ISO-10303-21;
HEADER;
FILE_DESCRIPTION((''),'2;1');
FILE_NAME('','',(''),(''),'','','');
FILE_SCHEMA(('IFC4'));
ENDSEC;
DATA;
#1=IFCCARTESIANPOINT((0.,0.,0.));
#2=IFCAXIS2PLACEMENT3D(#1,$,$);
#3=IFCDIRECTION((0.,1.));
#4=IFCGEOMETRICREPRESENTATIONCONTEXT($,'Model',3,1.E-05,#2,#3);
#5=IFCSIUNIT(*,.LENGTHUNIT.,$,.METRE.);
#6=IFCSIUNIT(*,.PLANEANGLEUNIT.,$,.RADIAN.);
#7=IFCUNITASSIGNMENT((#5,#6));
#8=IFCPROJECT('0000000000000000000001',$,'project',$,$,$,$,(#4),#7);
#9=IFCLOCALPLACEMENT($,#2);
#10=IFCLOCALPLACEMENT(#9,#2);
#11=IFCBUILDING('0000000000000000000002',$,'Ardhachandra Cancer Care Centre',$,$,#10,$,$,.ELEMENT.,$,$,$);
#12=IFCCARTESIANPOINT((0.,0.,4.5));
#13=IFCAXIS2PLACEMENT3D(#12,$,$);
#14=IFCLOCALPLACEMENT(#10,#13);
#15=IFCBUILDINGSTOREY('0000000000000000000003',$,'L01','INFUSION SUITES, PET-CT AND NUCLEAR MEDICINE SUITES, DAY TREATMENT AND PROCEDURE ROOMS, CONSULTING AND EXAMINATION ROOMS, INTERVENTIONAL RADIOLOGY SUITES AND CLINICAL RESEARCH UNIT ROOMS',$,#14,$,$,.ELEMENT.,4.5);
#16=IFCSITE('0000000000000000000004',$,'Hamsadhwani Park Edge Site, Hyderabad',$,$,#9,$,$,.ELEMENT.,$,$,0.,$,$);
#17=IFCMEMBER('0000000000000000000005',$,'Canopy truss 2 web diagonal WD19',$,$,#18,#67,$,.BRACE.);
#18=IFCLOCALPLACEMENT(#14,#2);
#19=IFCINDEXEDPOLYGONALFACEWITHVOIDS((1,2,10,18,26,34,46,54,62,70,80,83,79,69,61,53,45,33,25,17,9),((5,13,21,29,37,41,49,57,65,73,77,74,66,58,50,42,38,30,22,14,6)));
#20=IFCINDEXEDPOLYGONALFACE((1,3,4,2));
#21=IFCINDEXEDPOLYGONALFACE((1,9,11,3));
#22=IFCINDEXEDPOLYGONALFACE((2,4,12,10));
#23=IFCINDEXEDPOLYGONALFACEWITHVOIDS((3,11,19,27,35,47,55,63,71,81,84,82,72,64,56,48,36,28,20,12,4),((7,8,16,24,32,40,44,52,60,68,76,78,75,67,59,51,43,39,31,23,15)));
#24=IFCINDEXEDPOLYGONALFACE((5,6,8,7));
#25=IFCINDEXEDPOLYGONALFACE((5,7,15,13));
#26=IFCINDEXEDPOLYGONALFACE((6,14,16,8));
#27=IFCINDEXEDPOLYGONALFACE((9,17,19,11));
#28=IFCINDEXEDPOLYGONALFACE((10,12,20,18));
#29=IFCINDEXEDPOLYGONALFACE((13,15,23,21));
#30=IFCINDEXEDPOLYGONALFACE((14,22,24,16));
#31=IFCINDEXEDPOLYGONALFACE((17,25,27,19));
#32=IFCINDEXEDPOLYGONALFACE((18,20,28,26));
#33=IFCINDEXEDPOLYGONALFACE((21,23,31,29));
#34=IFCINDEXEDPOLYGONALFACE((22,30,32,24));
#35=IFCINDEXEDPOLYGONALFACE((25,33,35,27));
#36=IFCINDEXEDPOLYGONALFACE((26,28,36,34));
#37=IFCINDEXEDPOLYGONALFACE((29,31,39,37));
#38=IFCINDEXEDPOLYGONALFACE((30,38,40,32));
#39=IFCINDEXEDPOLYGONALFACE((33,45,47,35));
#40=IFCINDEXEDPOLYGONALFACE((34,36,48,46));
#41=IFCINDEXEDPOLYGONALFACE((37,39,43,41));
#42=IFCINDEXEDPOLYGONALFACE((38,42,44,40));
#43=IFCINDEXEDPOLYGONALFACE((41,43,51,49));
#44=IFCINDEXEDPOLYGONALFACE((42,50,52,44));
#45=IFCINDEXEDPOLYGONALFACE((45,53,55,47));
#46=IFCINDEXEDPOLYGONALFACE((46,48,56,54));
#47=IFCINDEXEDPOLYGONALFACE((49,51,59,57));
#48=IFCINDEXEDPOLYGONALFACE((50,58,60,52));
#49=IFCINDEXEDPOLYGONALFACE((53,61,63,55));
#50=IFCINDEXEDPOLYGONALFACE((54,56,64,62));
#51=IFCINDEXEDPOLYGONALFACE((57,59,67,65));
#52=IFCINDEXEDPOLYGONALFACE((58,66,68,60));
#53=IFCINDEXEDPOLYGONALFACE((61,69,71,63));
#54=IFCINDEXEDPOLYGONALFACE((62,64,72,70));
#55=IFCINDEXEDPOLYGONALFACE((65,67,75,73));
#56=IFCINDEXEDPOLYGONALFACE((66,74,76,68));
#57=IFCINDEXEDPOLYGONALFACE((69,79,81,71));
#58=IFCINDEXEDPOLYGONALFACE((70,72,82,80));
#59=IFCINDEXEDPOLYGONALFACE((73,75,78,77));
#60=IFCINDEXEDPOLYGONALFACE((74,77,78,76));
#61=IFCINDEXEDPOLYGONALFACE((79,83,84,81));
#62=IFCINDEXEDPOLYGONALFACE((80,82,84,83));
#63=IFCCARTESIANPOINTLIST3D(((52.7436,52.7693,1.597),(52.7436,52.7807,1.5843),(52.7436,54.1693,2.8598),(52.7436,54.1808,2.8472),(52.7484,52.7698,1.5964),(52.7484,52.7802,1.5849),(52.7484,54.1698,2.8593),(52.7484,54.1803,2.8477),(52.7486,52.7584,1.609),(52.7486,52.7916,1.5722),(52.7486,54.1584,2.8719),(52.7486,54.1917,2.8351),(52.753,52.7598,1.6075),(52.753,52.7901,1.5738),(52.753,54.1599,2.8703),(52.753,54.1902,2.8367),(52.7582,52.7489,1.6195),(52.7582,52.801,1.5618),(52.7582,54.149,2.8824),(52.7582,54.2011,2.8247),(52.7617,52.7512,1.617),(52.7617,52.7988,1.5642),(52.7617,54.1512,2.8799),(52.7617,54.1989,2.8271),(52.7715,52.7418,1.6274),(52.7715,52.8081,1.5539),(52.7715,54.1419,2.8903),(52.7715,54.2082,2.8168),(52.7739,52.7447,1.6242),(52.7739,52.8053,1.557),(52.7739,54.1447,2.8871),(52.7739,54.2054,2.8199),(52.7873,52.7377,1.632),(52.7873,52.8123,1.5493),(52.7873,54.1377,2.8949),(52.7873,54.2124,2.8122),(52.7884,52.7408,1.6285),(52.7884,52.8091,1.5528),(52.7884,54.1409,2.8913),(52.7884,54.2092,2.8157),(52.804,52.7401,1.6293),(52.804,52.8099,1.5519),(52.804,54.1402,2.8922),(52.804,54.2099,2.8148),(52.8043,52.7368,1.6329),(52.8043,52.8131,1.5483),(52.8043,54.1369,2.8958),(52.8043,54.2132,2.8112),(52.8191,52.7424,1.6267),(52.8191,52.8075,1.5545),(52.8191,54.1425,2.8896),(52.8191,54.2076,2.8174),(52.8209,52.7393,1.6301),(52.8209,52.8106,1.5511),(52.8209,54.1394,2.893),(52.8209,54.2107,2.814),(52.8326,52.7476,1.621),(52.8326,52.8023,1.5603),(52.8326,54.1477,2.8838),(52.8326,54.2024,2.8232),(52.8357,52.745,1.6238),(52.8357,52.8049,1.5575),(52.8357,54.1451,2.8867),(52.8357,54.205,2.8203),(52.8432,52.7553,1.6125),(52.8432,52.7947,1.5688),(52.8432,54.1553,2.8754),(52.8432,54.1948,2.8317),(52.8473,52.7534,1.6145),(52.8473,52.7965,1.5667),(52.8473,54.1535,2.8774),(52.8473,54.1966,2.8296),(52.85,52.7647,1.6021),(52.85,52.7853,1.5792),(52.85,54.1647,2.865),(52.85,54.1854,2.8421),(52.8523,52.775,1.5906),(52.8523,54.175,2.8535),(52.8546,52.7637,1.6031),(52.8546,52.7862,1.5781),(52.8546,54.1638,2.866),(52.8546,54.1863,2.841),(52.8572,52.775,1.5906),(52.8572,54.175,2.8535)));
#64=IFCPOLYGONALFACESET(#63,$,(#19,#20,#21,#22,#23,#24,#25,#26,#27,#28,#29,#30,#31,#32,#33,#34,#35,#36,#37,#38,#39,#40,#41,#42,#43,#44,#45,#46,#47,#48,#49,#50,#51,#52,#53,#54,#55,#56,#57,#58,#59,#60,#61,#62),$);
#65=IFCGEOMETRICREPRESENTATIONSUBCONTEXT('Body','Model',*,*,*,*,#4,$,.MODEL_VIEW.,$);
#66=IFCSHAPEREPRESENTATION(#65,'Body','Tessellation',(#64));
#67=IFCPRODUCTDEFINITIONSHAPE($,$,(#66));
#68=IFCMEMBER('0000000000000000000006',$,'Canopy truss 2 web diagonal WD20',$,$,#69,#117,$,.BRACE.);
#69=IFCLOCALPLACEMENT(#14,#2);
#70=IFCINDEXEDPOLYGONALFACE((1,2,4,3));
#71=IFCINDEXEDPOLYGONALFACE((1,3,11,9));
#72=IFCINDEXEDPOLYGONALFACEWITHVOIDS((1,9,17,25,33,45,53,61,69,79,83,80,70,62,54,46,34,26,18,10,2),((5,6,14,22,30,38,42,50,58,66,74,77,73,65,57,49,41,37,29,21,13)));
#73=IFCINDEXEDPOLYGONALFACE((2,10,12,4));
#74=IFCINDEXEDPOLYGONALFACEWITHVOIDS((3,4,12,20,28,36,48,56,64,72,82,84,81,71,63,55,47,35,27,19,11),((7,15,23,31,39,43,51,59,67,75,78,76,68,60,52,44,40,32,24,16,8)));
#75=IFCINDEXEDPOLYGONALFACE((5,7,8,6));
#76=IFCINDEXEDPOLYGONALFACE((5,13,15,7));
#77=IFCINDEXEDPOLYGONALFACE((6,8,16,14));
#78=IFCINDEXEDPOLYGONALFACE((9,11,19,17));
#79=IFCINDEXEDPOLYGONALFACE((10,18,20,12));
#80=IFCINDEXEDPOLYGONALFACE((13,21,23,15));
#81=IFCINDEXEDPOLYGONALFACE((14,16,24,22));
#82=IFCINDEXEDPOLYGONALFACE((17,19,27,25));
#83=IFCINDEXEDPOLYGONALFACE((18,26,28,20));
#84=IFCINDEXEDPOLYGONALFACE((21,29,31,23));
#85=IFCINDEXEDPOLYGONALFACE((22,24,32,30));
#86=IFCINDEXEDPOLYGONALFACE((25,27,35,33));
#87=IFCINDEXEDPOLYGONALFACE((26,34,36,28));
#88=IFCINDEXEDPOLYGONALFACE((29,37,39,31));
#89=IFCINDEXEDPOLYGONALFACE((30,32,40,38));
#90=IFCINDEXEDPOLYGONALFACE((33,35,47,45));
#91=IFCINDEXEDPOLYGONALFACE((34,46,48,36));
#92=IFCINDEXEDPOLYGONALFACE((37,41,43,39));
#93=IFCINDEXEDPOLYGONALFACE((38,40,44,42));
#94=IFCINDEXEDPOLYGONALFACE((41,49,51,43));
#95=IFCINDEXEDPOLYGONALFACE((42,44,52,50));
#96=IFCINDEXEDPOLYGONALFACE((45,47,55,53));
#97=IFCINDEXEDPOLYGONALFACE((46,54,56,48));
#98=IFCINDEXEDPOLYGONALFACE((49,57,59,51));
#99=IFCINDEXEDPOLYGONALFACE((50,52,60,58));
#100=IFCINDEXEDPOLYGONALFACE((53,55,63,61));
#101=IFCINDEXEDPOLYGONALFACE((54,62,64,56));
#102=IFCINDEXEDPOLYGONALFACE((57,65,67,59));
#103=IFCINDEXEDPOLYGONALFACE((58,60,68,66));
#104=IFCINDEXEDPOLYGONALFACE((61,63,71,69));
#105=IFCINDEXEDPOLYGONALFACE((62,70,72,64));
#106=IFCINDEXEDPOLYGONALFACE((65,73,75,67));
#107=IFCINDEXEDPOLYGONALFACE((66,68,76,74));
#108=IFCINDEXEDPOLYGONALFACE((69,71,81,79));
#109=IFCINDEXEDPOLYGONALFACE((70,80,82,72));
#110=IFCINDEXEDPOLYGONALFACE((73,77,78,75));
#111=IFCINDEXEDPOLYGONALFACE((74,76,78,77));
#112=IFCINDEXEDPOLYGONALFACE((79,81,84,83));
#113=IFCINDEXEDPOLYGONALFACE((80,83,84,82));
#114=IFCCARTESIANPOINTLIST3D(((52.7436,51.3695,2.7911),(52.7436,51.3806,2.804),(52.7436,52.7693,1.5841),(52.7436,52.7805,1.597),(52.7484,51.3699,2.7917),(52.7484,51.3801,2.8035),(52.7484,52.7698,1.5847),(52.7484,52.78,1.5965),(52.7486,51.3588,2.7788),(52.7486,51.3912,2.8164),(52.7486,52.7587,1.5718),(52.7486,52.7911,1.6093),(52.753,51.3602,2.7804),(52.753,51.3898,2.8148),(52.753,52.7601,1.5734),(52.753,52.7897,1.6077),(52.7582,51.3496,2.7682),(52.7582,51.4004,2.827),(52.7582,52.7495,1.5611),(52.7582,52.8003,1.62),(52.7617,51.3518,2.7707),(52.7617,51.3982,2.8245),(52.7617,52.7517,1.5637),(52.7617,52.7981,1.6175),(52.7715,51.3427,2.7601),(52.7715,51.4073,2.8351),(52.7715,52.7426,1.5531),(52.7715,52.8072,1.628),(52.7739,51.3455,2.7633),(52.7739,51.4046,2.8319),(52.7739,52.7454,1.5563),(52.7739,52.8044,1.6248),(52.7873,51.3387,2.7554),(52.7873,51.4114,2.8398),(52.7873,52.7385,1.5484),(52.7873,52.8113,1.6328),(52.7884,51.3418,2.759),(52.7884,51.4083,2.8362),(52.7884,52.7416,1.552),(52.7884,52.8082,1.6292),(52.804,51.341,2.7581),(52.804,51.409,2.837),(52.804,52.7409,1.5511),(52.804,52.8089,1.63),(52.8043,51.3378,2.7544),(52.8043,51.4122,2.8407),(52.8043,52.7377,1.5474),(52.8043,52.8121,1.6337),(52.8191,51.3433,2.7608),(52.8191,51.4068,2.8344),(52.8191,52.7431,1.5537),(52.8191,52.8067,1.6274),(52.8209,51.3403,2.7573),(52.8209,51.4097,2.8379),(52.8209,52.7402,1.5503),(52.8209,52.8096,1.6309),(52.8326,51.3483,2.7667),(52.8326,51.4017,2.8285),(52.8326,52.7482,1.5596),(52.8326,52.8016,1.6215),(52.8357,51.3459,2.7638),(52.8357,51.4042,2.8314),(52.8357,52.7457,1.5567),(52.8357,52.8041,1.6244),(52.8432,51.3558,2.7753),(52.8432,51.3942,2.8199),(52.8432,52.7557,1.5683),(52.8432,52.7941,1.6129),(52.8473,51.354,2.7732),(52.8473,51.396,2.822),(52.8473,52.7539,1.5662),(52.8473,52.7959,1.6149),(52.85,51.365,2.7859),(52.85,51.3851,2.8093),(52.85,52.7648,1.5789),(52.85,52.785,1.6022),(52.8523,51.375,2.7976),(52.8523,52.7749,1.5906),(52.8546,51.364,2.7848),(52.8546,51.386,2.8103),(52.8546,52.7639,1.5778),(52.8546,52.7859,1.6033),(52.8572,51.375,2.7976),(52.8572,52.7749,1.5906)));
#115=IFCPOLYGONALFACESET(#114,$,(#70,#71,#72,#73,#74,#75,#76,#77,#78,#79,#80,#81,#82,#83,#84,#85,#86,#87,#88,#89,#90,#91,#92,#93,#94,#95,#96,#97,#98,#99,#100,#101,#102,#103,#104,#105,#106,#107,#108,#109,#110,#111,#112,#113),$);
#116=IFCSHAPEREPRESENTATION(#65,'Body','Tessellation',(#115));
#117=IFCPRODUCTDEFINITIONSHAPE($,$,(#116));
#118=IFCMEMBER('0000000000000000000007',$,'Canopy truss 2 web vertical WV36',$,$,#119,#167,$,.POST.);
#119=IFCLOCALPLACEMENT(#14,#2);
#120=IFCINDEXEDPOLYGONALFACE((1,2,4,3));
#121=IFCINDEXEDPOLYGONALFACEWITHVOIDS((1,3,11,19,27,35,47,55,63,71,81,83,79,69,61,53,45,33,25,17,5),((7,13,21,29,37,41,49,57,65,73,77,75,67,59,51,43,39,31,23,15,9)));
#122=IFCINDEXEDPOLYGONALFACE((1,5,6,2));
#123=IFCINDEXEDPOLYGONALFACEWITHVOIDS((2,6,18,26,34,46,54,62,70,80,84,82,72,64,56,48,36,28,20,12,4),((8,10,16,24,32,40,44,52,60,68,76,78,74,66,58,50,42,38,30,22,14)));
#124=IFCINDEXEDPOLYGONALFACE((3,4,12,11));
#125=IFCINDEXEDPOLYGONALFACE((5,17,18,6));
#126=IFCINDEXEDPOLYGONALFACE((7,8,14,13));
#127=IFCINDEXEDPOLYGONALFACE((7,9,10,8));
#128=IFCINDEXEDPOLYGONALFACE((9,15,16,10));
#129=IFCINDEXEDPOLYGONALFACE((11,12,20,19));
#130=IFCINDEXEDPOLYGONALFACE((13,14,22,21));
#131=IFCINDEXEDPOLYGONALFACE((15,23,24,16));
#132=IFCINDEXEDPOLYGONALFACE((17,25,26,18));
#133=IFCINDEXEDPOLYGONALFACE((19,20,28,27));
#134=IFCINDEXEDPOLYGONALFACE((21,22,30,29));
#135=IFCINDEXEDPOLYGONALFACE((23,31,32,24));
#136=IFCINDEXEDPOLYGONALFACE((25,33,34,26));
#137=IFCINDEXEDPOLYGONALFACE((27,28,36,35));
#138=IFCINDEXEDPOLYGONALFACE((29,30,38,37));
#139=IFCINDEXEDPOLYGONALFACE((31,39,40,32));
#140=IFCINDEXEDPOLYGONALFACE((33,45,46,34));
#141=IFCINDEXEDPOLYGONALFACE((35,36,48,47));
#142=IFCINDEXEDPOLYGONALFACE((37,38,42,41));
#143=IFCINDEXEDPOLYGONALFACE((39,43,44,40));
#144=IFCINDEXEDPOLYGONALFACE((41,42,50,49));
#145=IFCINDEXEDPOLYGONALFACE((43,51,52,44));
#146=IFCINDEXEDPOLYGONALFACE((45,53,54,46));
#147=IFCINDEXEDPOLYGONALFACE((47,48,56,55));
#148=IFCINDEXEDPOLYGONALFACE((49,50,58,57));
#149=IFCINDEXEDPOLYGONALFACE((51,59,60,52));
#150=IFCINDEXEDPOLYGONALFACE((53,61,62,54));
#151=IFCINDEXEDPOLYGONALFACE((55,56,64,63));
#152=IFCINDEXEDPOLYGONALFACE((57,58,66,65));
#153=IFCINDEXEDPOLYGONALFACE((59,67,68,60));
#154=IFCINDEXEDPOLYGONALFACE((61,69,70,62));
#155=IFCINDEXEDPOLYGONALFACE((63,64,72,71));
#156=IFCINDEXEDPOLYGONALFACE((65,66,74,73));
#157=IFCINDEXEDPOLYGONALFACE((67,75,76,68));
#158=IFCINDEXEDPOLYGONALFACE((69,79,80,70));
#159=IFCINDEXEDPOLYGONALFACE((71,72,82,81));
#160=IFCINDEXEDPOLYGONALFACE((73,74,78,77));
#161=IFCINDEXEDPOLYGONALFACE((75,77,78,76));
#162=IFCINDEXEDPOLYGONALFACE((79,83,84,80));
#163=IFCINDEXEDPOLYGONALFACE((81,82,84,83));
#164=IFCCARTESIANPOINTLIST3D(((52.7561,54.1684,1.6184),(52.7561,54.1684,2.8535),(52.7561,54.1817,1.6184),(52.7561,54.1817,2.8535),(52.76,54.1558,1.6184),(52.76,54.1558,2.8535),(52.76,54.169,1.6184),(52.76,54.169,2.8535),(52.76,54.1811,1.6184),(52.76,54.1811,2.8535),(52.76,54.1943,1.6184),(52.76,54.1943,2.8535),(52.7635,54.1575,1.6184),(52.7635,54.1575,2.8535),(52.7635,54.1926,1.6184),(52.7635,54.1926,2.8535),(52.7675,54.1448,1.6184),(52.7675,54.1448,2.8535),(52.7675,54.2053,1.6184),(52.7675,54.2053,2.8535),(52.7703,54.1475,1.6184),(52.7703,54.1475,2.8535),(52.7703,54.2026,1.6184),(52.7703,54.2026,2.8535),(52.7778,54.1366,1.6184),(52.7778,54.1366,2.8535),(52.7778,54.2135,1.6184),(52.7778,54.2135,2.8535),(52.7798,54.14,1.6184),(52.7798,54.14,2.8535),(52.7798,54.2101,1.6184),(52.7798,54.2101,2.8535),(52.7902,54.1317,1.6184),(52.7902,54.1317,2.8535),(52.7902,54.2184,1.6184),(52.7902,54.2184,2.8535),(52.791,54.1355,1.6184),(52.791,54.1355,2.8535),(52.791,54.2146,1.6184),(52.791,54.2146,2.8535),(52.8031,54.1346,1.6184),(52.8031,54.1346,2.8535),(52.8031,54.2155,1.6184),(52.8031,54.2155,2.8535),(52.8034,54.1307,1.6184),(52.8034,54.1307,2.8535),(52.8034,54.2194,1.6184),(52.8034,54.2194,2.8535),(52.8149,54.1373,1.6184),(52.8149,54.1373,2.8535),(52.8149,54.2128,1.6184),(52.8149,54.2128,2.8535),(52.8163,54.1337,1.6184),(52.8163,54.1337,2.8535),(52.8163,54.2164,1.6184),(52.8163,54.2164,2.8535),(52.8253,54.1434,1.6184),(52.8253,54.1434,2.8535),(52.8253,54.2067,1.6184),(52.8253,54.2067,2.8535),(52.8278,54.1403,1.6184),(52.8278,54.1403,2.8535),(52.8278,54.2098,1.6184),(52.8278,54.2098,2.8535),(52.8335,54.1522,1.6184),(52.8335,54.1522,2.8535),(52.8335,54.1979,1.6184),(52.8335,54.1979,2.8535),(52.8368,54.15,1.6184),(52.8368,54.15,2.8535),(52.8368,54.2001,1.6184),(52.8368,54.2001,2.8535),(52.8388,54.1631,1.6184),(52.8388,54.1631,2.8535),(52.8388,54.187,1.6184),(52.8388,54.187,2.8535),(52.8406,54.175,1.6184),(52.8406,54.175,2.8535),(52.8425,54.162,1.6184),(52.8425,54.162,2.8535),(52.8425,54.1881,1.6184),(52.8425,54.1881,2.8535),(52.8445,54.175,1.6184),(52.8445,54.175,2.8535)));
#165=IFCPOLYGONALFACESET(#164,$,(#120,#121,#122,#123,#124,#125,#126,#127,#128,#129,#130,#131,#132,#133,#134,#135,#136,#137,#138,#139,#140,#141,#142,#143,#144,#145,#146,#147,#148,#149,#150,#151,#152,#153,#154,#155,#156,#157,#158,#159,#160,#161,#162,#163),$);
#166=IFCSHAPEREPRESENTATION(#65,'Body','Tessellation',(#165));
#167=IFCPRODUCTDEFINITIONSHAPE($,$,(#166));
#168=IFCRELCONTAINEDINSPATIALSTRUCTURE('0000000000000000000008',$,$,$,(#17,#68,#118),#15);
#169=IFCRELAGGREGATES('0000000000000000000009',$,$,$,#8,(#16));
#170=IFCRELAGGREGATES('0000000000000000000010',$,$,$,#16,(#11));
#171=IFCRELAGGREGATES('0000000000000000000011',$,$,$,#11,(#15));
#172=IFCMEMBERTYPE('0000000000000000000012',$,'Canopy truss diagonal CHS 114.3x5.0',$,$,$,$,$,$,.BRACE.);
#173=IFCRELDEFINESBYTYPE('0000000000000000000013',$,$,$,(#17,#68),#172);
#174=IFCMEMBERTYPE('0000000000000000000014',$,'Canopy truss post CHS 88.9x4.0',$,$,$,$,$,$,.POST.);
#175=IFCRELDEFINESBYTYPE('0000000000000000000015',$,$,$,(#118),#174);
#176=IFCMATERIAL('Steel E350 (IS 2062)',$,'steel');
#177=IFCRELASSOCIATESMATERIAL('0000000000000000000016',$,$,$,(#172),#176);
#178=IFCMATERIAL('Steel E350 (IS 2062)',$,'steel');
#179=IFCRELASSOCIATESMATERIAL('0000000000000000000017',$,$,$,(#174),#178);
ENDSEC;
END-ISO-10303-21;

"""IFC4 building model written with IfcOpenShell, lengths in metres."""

from ifc_helpers import new_model, si_unit, direction, frame, origin, origin_2d, place, context, subcontext, project, spatial, hollow_circle, extrude, material, material_profile, profile_set, type_object, element, save


model = new_model("IFC4")

# Units and contexts
model_context = context("Model", 3, precision=1e-05, world=origin(), true_north=direction((0.0, 1.0)))
body_context = subcontext(model_context, "Body", "Model", "MODEL_VIEW")
ifc_project = project(units=[si_unit("LENGTHUNIT", "METRE"), si_unit("PLANEANGLEUNIT", "RADIAN")], contexts=[model_context])

# Site, building, storey
site_placement = place(None, origin())
site = spatial("IfcSite", under=ifc_project, at=site_placement, Name="Hamsadhwani Park Edge Site, Hyderabad", CompositionType="ELEMENT", RefElevation=0.0)
building_placement = place(site_placement, origin())
building = spatial("IfcBuilding", under=site, at=building_placement, Name="Ardhachandra Cancer Care Centre", CompositionType="ELEMENT")
storey_placement = place(building_placement, frame((0.0, 0.0, 4.5)))
storey = spatial("IfcBuildingStorey", under=building, at=storey_placement, Name="L01", Description="INFUSION SUITES, PET-CT AND NUCLEAR MEDICINE SUITES, DAY TREATMENT AND PROCEDURE ROOMS, CONSULTING AND EXAMINATION ROOMS, INTERVENTIONAL RADIOLOGY SUITES AND CLINICAL RESEARCH UNIT ROOMS", CompositionType="ELEMENT", Elevation=4.5)

# Members
ifc_material_1 = material(Name="Steel E350 (IS 2062)", Category="steel")
ifc_material_profile_1 = material_profile(ifc_material_1, hollow_circle(Radius=0.0571, WallThickness=0.0049, at=origin_2d()), Name="CHS 114.3x5.0")
ifc_profile_set_1 = profile_set([ifc_material_profile_1], Name="Steel E350 (IS 2062)")
member_type_1 = type_object("IfcMemberType", Name="Canopy truss diagonal CHS 114.3x5.0", PredefinedType="BRACE", material=ifc_profile_set_1)
member_1_placement = place(storey_placement, frame((52.8, 54.175, 2.8535), z_axis=(0.0, -0.742553, -0.669787), x_axis=(1.0, 0.0, 0.0)))
element("IfcMember", 1, at=member_1_placement, inside=storey, type_object=member_type_1, Name="Canopy truss 2 web diagonal WD19", PredefinedType="BRACE", context=body_context, shape_type="SweptSolid", body=[
    extrude(hollow_circle(Radius=0.0571, WallThickness=0.0049, at=origin_2d()), origin(), (0.0, 0.0, 1.0), 1.8855),
])
member_2_placement = place(storey_placement, frame((52.8, 52.7749, 1.5906), z_axis=(0.0, -0.757351, 0.653008), x_axis=(1.0, 0.0, 0.0)))
element("IfcMember", 2, at=member_2_placement, inside=storey, type_object=member_type_1, Name="Canopy truss 2 web diagonal WD20", PredefinedType="BRACE", context=body_context, shape_type="SweptSolid", body=[
    extrude(hollow_circle(Radius=0.0571, WallThickness=0.0049, at=origin_2d()), origin(), (0.0, 0.0, 1.0), 1.8484),
])
ifc_material_2 = material(Name="Steel E350 (IS 2062)", Category="steel")
ifc_material_profile_2 = material_profile(ifc_material_2, hollow_circle(Radius=0.0444, WallThickness=0.0039, at=origin_2d()), Name="CHS 88.9x4.0")
ifc_profile_set_2 = profile_set([ifc_material_profile_2], Name="Steel E350 (IS 2062)")
member_type_2 = type_object("IfcMemberType", Name="Canopy truss post CHS 88.9x4.0", PredefinedType="POST", material=ifc_profile_set_2)
member_3_placement = place(storey_placement, frame((52.8, 54.175, 2.8535), z_axis=(0.0, 0.0, -1.0), x_axis=(1.0, 0.0, 0.0)))
element("IfcMember", 3, at=member_3_placement, inside=storey, type_object=member_type_2, Name="Canopy truss 2 web vertical WV36", PredefinedType="POST", context=body_context, shape_type="SweptSolid", body=[
    extrude(hollow_circle(Radius=0.0444, WallThickness=0.0039, at=origin_2d()), origin(), (0.0, 0.0, 1.0), 1.2351),
])

save(model, "model.ifc")
